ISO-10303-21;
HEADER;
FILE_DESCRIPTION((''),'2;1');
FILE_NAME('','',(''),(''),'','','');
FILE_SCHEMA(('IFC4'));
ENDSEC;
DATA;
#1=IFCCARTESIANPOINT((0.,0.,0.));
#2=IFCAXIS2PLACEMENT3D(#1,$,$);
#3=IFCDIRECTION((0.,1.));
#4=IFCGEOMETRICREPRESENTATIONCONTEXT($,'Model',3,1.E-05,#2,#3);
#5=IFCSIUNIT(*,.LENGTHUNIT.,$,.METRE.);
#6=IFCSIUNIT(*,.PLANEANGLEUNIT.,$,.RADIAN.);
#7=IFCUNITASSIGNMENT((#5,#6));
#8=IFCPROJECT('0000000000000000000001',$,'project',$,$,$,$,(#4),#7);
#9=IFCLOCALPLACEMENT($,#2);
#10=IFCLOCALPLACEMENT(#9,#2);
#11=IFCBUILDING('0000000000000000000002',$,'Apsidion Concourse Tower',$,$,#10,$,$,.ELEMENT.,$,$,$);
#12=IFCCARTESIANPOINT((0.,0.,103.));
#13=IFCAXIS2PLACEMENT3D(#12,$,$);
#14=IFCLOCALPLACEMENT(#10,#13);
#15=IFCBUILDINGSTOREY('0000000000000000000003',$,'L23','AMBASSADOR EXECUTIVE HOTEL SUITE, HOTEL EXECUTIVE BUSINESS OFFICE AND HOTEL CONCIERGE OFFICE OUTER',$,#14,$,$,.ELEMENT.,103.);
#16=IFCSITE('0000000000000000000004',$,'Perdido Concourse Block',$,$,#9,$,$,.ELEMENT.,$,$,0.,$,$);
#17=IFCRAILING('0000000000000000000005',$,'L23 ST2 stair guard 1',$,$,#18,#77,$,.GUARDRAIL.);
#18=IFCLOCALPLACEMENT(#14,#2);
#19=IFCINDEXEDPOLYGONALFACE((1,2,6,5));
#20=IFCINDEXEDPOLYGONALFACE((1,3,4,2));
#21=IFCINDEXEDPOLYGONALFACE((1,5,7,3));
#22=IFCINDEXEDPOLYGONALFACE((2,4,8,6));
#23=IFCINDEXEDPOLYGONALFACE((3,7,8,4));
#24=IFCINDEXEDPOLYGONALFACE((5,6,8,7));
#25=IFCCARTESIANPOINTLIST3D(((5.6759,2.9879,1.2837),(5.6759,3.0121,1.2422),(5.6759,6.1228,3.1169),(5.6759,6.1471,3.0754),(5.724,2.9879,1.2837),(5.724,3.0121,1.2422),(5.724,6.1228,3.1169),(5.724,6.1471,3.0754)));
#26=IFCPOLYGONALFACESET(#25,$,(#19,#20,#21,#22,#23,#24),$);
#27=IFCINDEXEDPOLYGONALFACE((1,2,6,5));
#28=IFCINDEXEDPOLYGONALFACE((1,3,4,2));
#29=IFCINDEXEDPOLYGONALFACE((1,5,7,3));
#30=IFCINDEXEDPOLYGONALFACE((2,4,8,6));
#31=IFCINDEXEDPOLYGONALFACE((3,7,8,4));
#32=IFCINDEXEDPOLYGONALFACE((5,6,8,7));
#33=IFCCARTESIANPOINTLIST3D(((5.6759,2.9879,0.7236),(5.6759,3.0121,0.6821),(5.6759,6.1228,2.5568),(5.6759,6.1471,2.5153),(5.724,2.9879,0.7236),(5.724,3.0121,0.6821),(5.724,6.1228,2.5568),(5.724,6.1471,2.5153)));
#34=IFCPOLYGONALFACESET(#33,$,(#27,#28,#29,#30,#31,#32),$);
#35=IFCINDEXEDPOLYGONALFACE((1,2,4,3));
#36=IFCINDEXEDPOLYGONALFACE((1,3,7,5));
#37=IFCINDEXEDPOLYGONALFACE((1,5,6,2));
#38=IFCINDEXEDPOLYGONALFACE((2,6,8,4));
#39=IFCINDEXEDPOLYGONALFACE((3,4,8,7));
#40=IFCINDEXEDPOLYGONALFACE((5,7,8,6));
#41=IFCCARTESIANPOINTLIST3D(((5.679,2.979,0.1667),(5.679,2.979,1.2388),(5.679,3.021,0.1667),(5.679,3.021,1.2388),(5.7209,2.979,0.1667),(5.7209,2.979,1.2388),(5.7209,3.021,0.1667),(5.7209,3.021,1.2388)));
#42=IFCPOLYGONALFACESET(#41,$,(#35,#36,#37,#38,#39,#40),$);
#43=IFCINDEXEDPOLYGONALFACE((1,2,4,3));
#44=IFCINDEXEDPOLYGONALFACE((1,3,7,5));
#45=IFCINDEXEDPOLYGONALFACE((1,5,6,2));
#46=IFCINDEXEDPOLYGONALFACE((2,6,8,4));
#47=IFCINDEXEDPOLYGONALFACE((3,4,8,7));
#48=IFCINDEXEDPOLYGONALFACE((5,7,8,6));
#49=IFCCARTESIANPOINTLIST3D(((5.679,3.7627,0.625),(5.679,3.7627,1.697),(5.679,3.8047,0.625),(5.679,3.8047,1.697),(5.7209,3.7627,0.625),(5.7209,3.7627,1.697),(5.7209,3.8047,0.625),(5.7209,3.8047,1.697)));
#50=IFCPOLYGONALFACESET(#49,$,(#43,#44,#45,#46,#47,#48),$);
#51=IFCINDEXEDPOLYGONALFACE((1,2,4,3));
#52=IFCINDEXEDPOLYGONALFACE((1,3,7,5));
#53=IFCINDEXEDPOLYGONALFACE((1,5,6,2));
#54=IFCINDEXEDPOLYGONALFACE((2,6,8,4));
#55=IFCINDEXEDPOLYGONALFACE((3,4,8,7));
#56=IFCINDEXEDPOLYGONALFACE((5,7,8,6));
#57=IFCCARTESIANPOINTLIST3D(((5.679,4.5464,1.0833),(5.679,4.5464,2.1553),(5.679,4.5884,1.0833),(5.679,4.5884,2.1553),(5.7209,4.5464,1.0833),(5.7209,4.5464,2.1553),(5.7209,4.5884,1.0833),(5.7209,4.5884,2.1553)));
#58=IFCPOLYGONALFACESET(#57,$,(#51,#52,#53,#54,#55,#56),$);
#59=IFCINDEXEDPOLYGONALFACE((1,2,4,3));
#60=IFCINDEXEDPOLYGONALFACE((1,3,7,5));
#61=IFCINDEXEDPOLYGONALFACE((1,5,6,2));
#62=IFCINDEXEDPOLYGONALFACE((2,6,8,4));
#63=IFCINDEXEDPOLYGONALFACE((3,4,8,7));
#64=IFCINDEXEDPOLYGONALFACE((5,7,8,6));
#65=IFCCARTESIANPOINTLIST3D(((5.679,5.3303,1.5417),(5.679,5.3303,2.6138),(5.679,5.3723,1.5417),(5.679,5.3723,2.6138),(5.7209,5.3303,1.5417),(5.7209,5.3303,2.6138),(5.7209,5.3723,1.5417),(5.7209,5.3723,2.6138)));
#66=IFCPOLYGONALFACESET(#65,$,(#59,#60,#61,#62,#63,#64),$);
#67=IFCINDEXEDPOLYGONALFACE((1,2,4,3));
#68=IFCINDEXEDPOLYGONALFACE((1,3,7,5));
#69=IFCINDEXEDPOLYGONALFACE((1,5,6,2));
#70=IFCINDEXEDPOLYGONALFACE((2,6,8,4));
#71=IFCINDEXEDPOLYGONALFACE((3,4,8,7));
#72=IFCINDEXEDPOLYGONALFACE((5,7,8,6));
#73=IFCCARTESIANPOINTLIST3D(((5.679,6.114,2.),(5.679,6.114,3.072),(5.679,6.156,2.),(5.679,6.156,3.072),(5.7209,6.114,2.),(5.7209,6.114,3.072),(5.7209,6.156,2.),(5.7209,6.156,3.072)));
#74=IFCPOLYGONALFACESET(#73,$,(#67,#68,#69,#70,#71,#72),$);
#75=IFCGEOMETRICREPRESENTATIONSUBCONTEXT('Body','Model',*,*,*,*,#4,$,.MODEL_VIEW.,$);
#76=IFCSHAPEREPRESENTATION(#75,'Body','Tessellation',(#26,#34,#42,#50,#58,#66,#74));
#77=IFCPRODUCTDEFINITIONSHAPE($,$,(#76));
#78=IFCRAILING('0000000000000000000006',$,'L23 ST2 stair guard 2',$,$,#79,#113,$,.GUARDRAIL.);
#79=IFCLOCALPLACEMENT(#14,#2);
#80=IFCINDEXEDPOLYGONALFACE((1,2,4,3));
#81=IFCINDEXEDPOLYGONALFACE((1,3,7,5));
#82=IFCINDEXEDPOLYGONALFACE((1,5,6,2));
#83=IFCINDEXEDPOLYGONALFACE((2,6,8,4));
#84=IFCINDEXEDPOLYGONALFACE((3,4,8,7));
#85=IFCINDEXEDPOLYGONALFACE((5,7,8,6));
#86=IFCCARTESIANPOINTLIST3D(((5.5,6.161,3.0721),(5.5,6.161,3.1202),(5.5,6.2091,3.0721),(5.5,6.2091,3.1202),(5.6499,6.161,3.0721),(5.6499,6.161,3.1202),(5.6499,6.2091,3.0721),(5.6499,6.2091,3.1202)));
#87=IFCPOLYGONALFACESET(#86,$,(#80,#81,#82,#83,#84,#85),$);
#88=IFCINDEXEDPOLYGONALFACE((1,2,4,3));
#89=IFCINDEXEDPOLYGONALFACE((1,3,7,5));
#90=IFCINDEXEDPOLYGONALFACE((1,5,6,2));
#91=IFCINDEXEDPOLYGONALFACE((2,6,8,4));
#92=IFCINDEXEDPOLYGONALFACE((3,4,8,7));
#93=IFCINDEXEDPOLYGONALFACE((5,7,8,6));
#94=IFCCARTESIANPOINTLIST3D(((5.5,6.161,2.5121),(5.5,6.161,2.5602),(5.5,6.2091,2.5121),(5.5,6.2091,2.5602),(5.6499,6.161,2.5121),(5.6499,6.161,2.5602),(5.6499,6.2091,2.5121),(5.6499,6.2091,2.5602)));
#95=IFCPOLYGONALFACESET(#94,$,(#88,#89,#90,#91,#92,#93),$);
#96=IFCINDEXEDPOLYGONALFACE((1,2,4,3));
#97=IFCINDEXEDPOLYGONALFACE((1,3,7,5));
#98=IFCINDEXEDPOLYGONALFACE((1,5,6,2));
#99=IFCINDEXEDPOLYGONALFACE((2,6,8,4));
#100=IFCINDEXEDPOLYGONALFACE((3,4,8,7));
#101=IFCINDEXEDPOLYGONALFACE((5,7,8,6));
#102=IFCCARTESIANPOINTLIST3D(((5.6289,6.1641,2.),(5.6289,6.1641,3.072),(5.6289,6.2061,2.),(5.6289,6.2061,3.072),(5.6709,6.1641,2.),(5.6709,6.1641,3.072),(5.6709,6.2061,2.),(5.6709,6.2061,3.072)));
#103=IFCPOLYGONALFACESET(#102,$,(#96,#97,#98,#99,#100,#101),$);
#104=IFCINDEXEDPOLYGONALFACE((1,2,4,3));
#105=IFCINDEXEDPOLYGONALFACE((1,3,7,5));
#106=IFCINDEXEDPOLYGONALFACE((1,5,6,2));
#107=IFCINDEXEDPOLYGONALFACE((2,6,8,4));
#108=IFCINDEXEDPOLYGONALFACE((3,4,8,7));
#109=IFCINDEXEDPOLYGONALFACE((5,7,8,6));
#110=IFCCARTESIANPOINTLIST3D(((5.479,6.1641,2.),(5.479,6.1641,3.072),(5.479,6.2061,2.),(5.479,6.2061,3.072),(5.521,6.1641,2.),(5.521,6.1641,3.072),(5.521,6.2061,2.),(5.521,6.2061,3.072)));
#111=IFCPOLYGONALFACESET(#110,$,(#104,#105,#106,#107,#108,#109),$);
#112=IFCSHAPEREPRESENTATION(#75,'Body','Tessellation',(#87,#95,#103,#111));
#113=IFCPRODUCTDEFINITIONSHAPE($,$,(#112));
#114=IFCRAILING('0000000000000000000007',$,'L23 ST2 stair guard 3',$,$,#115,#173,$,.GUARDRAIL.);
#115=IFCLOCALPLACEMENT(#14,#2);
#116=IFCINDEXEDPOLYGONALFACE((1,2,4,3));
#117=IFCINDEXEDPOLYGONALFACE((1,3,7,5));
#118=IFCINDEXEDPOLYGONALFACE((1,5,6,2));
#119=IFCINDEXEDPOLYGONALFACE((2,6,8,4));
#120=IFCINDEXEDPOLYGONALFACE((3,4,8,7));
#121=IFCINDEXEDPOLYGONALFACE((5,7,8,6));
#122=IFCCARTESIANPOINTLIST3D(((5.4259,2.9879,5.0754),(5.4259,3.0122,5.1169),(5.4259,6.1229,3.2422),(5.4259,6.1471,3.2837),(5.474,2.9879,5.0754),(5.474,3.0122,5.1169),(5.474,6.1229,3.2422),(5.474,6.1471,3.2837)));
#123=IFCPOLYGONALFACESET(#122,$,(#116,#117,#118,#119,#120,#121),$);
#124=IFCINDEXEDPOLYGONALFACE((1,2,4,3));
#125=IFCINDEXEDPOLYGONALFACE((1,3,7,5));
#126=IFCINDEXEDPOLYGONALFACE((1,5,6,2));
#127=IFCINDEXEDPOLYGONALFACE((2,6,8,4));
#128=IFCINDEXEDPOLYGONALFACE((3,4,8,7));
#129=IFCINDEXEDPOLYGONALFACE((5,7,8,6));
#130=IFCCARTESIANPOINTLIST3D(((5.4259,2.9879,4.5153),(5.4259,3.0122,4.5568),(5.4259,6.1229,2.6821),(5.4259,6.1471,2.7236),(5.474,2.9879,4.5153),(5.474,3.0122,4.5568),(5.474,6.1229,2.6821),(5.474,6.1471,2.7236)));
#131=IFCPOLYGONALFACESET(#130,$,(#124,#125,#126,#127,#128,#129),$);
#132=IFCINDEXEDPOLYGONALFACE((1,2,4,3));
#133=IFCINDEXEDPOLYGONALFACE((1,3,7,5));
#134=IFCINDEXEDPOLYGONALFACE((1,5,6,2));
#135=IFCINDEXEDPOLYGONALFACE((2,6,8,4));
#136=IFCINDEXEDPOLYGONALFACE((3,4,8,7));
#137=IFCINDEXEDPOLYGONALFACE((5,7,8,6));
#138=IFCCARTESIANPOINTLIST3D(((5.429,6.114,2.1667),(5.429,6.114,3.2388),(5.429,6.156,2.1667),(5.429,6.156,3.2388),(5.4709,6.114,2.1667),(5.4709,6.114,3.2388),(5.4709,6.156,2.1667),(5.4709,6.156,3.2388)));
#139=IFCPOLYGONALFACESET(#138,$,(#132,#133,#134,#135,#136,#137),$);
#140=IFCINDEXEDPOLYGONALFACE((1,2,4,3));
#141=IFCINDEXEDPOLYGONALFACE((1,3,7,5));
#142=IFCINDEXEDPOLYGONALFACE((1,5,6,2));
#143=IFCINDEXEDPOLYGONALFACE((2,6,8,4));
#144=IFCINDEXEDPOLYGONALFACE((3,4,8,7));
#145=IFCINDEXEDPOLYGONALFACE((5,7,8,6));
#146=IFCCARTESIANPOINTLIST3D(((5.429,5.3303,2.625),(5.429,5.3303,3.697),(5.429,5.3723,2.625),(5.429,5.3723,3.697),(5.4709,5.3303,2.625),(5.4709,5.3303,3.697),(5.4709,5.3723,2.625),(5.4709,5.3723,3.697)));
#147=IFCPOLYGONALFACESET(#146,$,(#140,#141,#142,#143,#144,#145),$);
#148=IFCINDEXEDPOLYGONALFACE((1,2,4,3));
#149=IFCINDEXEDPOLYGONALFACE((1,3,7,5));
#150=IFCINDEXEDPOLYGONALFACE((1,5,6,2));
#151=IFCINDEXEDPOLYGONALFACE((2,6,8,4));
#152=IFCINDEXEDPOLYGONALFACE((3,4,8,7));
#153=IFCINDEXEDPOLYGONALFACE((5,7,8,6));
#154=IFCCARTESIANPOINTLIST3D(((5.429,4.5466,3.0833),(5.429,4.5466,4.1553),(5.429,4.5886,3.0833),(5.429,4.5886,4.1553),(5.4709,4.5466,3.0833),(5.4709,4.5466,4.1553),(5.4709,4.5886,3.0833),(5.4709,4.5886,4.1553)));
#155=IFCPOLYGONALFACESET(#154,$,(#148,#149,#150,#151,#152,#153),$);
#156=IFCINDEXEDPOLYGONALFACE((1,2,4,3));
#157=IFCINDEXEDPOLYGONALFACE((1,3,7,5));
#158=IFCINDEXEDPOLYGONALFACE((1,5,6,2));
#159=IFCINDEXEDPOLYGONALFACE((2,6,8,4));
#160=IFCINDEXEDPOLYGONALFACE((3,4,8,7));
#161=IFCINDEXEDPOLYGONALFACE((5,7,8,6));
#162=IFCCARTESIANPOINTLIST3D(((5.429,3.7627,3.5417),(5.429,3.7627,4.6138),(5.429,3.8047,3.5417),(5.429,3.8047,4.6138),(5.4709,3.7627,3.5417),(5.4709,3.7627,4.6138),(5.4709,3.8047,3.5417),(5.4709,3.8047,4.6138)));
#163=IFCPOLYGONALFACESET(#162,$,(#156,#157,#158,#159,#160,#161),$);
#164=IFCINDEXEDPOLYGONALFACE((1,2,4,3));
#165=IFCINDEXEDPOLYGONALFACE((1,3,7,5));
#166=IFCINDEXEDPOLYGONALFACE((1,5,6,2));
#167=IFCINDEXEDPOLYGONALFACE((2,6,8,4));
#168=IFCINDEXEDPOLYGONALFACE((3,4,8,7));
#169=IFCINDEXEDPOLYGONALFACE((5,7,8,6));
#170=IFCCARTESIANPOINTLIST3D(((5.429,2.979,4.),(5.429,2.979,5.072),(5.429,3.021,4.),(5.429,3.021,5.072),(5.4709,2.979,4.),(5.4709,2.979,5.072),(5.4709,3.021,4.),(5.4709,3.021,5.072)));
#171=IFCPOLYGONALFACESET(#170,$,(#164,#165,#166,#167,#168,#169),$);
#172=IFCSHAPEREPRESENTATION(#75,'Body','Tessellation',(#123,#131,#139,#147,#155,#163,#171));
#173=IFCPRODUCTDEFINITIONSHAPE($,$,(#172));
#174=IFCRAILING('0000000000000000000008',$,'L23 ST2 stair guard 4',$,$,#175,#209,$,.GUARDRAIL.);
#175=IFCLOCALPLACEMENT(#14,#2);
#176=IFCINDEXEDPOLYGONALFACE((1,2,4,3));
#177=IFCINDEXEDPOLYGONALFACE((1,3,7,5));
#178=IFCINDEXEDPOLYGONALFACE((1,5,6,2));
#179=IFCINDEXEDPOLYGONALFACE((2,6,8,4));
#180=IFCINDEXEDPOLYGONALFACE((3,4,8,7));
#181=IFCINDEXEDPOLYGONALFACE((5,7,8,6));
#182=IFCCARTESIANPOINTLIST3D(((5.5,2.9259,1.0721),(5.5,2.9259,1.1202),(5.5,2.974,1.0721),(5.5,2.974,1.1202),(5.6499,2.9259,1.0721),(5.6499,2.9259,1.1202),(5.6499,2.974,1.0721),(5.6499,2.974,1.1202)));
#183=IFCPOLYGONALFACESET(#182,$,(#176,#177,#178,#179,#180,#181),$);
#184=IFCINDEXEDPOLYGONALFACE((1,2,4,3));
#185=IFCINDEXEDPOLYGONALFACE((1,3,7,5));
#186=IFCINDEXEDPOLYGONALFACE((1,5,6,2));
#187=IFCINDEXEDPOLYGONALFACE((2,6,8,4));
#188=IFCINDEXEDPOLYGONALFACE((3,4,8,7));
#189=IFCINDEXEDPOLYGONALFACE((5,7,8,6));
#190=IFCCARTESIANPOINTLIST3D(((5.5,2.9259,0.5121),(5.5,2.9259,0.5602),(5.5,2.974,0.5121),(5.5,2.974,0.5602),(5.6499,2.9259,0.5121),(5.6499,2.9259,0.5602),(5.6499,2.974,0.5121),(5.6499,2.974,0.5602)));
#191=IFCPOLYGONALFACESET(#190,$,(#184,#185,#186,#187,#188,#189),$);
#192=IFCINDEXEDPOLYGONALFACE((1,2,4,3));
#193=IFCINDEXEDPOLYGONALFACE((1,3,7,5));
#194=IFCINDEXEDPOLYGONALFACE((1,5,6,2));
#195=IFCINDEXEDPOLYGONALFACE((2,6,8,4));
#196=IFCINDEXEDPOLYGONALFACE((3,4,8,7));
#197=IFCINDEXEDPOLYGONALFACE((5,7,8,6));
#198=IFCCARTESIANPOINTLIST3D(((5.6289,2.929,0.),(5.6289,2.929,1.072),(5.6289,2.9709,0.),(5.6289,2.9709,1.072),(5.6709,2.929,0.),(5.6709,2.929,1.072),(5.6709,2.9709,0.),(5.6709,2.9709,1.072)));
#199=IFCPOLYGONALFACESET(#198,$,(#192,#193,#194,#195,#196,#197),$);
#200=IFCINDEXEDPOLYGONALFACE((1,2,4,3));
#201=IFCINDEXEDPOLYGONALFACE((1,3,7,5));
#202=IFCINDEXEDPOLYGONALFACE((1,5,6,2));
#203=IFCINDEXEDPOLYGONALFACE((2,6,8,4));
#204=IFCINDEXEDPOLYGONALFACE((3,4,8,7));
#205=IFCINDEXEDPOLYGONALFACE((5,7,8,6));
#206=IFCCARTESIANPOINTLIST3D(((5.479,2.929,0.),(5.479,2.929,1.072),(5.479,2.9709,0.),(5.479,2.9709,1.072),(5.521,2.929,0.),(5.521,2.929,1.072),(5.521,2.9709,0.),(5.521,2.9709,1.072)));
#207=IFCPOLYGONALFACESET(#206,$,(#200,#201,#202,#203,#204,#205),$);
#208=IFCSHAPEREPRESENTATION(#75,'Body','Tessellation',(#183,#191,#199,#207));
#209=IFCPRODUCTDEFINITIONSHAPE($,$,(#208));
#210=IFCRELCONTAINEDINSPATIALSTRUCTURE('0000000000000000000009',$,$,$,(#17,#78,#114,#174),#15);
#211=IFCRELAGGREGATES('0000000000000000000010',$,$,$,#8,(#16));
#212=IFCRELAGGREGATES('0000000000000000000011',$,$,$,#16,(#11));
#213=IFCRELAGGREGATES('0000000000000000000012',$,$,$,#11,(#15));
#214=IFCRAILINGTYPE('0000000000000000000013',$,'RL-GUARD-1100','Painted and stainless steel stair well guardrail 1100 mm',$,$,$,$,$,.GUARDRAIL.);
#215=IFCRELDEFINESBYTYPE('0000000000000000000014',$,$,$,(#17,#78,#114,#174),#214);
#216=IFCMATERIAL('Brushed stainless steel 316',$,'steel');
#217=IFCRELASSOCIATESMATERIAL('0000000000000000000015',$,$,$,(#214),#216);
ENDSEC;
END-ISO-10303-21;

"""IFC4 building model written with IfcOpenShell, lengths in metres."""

from ifc_helpers import new_model, si_unit, direction, frame, origin, origin_2d, place, context, subcontext, project, spatial, rectangle, extrude, material, type_object, element, save


model = new_model("IFC4")

# Units and contexts
model_context = context("Model", 3, precision=1e-05, world=origin(), true_north=direction((0.0, 1.0)))
body_context = subcontext(model_context, "Body", "Model", "MODEL_VIEW")
ifc_project = project(units=[si_unit("LENGTHUNIT", "METRE"), si_unit("PLANEANGLEUNIT", "RADIAN")], contexts=[model_context])

# Site, building, storey
site_placement = place(None, origin())
site = spatial("IfcSite", under=ifc_project, at=site_placement, Name="Perdido Concourse Block", CompositionType="ELEMENT", RefElevation=0.0)
building_placement = place(site_placement, origin())
building = spatial("IfcBuilding", under=site, at=building_placement, Name="Apsidion Concourse Tower", CompositionType="ELEMENT")
storey_placement = place(building_placement, frame((0.0, 0.0, 103.0)))
storey = spatial("IfcBuildingStorey", under=building, at=storey_placement, Name="L23", Description="AMBASSADOR EXECUTIVE HOTEL SUITE, HOTEL EXECUTIVE BUSINESS OFFICE AND HOTEL CONCIERGE OFFICE OUTER", CompositionType="ELEMENT", Elevation=103.0)

# Railings
ifc_material_1 = material(Name="Brushed stainless steel 316", Category="steel")
railing_type_1 = type_object("IfcRailingType", Name="RL-GUARD-1100", Description="Painted and stainless steel stair well guardrail 1100 mm", PredefinedType="GUARDRAIL", material=ifc_material_1)
railing_1_placement = place(storey_placement, frame((5.7, 3.0, 0.1667)))
element("IfcRailing", 1, at=railing_1_placement, inside=storey, type_object=railing_type_1, Name="L23 ST2 stair guard 1", PredefinedType="GUARDRAIL", context=body_context, shape_type="SweptSolid", body=[
    extrude(rectangle(XDim=0.0481, YDim=0.0481, at=origin_2d()), frame((0.0, 0.0, 1.0962), z_axis=(0.0, 0.86324, 0.504794), x_axis=(-1.0, 0.0, 0.0)), (0.0, 0.0, 1.0), 3.6316),
    extrude(rectangle(XDim=0.0481, YDim=0.0481, at=origin_2d()), frame((0.0, 0.0, 0.5361), z_axis=(0.0, 0.86324, 0.504794), x_axis=(-1.0, 0.0, 0.0)), (0.0, 0.0, 1.0), 3.6316),
    extrude(rectangle(XDim=0.042, YDim=0.042, at=origin_2d()), origin(), (0.0, 0.0, 1.0), 1.072),
    extrude(rectangle(XDim=0.042, YDim=0.042, at=origin_2d()), frame((0.0, 0.7837, 0.4583)), (0.0, 0.0, 1.0), 1.072),
    extrude(rectangle(XDim=0.042, YDim=0.042, at=origin_2d()), frame((0.0, 1.5674, 0.9165)), (0.0, 0.0, 1.0), 1.072),
    extrude(rectangle(XDim=0.042, YDim=0.042, at=origin_2d()), frame((0.0, 2.3513, 1.375)), (0.0, 0.0, 1.0), 1.072),
    extrude(rectangle(XDim=0.042, YDim=0.042, at=origin_2d()), frame((0.0, 3.135, 1.8333)), (0.0, 0.0, 1.0), 1.072),
])
railing_2_placement = place(storey_placement, frame((5.6499, 6.1851, 2.0)))
element("IfcRailing", 2, at=railing_2_placement, inside=storey, type_object=railing_type_1, Name="L23 ST2 stair guard 2", PredefinedType="GUARDRAIL", context=body_context, shape_type="SweptSolid", body=[
    extrude(rectangle(XDim=0.0481, YDim=0.0481, at=origin_2d()), frame((0.0, 0.0, 1.0962), z_axis=(-1.0, 0.0, 0.0), x_axis=(0.0, -1.0, 0.0)), (0.0, 0.0, 1.0), 0.1499),
    extrude(rectangle(XDim=0.0481, YDim=0.0481, at=origin_2d()), frame((0.0, 0.0, 0.5361), z_axis=(-1.0, 0.0, 0.0), x_axis=(0.0, -1.0, 0.0)), (0.0, 0.0, 1.0), 0.1499),
    extrude(rectangle(XDim=0.042, YDim=0.042, at=origin_2d()), origin(), (0.0, 0.0, 1.0), 1.072),
    extrude(rectangle(XDim=0.042, YDim=0.042, at=origin_2d()), frame((-0.1499, 0.0, 0.0)), (0.0, 0.0, 1.0), 1.072),
])
railing_3_placement = place(storey_placement, frame((5.45, 6.135, 2.1667)))
element("IfcRailing", 3, at=railing_3_placement, inside=storey, type_object=railing_type_1, Name="L23 ST2 stair guard 3", PredefinedType="GUARDRAIL", context=body_context, shape_type="SweptSolid", body=[
    extrude(rectangle(XDim=0.0481, YDim=0.0481, at=origin_2d()), frame((0.0, 0.0, 1.0962), z_axis=(0.0, -0.86324, 0.504794), x_axis=(1.0, 0.0, 0.0)), (0.0, 0.0, 1.0), 3.6316),
    extrude(rectangle(XDim=0.0481, YDim=0.0481, at=origin_2d()), frame((0.0, 0.0, 0.5361), z_axis=(0.0, -0.86324, 0.504794), x_axis=(1.0, 0.0, 0.0)), (0.0, 0.0, 1.0), 3.6316),
    extrude(rectangle(XDim=0.042, YDim=0.042, at=origin_2d()), origin(), (0.0, 0.0, 1.0), 1.072),
    extrude(rectangle(XDim=0.042, YDim=0.042, at=origin_2d()), frame((0.0, -0.7837, 0.4583)), (0.0, 0.0, 1.0), 1.072),
    extrude(rectangle(XDim=0.042, YDim=0.042, at=origin_2d()), frame((0.0, -1.5674, 0.9165)), (0.0, 0.0, 1.0), 1.072),
    extrude(rectangle(XDim=0.042, YDim=0.042, at=origin_2d()), frame((0.0, -2.3513, 1.375)), (0.0, 0.0, 1.0), 1.072),
    extrude(rectangle(XDim=0.042, YDim=0.042, at=origin_2d()), frame((0.0, -3.135, 1.8333)), (0.0, 0.0, 1.0), 1.072),
])
railing_4_placement = place(storey_placement, frame((5.6499, 2.95, 0.0)))
element("IfcRailing", 4, at=railing_4_placement, inside=storey, type_object=railing_type_1, Name="L23 ST2 stair guard 4", PredefinedType="GUARDRAIL", context=body_context, shape_type="SweptSolid", body=[
    extrude(rectangle(XDim=0.0481, YDim=0.0481, at=origin_2d()), frame((0.0, 0.0, 1.0962), z_axis=(-1.0, 0.0, 0.0), x_axis=(0.0, -1.0, 0.0)), (0.0, 0.0, 1.0), 0.1499),
    extrude(rectangle(XDim=0.0481, YDim=0.0481, at=origin_2d()), frame((0.0, 0.0, 0.5361), z_axis=(-1.0, 0.0, 0.0), x_axis=(0.0, -1.0, 0.0)), (0.0, 0.0, 1.0), 0.1499),
    extrude(rectangle(XDim=0.042, YDim=0.042, at=origin_2d()), origin(), (0.0, 0.0, 1.0), 1.072),
    extrude(rectangle(XDim=0.042, YDim=0.042, at=origin_2d()), frame((-0.1499, 0.0, 0.0)), (0.0, 0.0, 1.0), 1.072),
])

save(model, "model.ifc")
